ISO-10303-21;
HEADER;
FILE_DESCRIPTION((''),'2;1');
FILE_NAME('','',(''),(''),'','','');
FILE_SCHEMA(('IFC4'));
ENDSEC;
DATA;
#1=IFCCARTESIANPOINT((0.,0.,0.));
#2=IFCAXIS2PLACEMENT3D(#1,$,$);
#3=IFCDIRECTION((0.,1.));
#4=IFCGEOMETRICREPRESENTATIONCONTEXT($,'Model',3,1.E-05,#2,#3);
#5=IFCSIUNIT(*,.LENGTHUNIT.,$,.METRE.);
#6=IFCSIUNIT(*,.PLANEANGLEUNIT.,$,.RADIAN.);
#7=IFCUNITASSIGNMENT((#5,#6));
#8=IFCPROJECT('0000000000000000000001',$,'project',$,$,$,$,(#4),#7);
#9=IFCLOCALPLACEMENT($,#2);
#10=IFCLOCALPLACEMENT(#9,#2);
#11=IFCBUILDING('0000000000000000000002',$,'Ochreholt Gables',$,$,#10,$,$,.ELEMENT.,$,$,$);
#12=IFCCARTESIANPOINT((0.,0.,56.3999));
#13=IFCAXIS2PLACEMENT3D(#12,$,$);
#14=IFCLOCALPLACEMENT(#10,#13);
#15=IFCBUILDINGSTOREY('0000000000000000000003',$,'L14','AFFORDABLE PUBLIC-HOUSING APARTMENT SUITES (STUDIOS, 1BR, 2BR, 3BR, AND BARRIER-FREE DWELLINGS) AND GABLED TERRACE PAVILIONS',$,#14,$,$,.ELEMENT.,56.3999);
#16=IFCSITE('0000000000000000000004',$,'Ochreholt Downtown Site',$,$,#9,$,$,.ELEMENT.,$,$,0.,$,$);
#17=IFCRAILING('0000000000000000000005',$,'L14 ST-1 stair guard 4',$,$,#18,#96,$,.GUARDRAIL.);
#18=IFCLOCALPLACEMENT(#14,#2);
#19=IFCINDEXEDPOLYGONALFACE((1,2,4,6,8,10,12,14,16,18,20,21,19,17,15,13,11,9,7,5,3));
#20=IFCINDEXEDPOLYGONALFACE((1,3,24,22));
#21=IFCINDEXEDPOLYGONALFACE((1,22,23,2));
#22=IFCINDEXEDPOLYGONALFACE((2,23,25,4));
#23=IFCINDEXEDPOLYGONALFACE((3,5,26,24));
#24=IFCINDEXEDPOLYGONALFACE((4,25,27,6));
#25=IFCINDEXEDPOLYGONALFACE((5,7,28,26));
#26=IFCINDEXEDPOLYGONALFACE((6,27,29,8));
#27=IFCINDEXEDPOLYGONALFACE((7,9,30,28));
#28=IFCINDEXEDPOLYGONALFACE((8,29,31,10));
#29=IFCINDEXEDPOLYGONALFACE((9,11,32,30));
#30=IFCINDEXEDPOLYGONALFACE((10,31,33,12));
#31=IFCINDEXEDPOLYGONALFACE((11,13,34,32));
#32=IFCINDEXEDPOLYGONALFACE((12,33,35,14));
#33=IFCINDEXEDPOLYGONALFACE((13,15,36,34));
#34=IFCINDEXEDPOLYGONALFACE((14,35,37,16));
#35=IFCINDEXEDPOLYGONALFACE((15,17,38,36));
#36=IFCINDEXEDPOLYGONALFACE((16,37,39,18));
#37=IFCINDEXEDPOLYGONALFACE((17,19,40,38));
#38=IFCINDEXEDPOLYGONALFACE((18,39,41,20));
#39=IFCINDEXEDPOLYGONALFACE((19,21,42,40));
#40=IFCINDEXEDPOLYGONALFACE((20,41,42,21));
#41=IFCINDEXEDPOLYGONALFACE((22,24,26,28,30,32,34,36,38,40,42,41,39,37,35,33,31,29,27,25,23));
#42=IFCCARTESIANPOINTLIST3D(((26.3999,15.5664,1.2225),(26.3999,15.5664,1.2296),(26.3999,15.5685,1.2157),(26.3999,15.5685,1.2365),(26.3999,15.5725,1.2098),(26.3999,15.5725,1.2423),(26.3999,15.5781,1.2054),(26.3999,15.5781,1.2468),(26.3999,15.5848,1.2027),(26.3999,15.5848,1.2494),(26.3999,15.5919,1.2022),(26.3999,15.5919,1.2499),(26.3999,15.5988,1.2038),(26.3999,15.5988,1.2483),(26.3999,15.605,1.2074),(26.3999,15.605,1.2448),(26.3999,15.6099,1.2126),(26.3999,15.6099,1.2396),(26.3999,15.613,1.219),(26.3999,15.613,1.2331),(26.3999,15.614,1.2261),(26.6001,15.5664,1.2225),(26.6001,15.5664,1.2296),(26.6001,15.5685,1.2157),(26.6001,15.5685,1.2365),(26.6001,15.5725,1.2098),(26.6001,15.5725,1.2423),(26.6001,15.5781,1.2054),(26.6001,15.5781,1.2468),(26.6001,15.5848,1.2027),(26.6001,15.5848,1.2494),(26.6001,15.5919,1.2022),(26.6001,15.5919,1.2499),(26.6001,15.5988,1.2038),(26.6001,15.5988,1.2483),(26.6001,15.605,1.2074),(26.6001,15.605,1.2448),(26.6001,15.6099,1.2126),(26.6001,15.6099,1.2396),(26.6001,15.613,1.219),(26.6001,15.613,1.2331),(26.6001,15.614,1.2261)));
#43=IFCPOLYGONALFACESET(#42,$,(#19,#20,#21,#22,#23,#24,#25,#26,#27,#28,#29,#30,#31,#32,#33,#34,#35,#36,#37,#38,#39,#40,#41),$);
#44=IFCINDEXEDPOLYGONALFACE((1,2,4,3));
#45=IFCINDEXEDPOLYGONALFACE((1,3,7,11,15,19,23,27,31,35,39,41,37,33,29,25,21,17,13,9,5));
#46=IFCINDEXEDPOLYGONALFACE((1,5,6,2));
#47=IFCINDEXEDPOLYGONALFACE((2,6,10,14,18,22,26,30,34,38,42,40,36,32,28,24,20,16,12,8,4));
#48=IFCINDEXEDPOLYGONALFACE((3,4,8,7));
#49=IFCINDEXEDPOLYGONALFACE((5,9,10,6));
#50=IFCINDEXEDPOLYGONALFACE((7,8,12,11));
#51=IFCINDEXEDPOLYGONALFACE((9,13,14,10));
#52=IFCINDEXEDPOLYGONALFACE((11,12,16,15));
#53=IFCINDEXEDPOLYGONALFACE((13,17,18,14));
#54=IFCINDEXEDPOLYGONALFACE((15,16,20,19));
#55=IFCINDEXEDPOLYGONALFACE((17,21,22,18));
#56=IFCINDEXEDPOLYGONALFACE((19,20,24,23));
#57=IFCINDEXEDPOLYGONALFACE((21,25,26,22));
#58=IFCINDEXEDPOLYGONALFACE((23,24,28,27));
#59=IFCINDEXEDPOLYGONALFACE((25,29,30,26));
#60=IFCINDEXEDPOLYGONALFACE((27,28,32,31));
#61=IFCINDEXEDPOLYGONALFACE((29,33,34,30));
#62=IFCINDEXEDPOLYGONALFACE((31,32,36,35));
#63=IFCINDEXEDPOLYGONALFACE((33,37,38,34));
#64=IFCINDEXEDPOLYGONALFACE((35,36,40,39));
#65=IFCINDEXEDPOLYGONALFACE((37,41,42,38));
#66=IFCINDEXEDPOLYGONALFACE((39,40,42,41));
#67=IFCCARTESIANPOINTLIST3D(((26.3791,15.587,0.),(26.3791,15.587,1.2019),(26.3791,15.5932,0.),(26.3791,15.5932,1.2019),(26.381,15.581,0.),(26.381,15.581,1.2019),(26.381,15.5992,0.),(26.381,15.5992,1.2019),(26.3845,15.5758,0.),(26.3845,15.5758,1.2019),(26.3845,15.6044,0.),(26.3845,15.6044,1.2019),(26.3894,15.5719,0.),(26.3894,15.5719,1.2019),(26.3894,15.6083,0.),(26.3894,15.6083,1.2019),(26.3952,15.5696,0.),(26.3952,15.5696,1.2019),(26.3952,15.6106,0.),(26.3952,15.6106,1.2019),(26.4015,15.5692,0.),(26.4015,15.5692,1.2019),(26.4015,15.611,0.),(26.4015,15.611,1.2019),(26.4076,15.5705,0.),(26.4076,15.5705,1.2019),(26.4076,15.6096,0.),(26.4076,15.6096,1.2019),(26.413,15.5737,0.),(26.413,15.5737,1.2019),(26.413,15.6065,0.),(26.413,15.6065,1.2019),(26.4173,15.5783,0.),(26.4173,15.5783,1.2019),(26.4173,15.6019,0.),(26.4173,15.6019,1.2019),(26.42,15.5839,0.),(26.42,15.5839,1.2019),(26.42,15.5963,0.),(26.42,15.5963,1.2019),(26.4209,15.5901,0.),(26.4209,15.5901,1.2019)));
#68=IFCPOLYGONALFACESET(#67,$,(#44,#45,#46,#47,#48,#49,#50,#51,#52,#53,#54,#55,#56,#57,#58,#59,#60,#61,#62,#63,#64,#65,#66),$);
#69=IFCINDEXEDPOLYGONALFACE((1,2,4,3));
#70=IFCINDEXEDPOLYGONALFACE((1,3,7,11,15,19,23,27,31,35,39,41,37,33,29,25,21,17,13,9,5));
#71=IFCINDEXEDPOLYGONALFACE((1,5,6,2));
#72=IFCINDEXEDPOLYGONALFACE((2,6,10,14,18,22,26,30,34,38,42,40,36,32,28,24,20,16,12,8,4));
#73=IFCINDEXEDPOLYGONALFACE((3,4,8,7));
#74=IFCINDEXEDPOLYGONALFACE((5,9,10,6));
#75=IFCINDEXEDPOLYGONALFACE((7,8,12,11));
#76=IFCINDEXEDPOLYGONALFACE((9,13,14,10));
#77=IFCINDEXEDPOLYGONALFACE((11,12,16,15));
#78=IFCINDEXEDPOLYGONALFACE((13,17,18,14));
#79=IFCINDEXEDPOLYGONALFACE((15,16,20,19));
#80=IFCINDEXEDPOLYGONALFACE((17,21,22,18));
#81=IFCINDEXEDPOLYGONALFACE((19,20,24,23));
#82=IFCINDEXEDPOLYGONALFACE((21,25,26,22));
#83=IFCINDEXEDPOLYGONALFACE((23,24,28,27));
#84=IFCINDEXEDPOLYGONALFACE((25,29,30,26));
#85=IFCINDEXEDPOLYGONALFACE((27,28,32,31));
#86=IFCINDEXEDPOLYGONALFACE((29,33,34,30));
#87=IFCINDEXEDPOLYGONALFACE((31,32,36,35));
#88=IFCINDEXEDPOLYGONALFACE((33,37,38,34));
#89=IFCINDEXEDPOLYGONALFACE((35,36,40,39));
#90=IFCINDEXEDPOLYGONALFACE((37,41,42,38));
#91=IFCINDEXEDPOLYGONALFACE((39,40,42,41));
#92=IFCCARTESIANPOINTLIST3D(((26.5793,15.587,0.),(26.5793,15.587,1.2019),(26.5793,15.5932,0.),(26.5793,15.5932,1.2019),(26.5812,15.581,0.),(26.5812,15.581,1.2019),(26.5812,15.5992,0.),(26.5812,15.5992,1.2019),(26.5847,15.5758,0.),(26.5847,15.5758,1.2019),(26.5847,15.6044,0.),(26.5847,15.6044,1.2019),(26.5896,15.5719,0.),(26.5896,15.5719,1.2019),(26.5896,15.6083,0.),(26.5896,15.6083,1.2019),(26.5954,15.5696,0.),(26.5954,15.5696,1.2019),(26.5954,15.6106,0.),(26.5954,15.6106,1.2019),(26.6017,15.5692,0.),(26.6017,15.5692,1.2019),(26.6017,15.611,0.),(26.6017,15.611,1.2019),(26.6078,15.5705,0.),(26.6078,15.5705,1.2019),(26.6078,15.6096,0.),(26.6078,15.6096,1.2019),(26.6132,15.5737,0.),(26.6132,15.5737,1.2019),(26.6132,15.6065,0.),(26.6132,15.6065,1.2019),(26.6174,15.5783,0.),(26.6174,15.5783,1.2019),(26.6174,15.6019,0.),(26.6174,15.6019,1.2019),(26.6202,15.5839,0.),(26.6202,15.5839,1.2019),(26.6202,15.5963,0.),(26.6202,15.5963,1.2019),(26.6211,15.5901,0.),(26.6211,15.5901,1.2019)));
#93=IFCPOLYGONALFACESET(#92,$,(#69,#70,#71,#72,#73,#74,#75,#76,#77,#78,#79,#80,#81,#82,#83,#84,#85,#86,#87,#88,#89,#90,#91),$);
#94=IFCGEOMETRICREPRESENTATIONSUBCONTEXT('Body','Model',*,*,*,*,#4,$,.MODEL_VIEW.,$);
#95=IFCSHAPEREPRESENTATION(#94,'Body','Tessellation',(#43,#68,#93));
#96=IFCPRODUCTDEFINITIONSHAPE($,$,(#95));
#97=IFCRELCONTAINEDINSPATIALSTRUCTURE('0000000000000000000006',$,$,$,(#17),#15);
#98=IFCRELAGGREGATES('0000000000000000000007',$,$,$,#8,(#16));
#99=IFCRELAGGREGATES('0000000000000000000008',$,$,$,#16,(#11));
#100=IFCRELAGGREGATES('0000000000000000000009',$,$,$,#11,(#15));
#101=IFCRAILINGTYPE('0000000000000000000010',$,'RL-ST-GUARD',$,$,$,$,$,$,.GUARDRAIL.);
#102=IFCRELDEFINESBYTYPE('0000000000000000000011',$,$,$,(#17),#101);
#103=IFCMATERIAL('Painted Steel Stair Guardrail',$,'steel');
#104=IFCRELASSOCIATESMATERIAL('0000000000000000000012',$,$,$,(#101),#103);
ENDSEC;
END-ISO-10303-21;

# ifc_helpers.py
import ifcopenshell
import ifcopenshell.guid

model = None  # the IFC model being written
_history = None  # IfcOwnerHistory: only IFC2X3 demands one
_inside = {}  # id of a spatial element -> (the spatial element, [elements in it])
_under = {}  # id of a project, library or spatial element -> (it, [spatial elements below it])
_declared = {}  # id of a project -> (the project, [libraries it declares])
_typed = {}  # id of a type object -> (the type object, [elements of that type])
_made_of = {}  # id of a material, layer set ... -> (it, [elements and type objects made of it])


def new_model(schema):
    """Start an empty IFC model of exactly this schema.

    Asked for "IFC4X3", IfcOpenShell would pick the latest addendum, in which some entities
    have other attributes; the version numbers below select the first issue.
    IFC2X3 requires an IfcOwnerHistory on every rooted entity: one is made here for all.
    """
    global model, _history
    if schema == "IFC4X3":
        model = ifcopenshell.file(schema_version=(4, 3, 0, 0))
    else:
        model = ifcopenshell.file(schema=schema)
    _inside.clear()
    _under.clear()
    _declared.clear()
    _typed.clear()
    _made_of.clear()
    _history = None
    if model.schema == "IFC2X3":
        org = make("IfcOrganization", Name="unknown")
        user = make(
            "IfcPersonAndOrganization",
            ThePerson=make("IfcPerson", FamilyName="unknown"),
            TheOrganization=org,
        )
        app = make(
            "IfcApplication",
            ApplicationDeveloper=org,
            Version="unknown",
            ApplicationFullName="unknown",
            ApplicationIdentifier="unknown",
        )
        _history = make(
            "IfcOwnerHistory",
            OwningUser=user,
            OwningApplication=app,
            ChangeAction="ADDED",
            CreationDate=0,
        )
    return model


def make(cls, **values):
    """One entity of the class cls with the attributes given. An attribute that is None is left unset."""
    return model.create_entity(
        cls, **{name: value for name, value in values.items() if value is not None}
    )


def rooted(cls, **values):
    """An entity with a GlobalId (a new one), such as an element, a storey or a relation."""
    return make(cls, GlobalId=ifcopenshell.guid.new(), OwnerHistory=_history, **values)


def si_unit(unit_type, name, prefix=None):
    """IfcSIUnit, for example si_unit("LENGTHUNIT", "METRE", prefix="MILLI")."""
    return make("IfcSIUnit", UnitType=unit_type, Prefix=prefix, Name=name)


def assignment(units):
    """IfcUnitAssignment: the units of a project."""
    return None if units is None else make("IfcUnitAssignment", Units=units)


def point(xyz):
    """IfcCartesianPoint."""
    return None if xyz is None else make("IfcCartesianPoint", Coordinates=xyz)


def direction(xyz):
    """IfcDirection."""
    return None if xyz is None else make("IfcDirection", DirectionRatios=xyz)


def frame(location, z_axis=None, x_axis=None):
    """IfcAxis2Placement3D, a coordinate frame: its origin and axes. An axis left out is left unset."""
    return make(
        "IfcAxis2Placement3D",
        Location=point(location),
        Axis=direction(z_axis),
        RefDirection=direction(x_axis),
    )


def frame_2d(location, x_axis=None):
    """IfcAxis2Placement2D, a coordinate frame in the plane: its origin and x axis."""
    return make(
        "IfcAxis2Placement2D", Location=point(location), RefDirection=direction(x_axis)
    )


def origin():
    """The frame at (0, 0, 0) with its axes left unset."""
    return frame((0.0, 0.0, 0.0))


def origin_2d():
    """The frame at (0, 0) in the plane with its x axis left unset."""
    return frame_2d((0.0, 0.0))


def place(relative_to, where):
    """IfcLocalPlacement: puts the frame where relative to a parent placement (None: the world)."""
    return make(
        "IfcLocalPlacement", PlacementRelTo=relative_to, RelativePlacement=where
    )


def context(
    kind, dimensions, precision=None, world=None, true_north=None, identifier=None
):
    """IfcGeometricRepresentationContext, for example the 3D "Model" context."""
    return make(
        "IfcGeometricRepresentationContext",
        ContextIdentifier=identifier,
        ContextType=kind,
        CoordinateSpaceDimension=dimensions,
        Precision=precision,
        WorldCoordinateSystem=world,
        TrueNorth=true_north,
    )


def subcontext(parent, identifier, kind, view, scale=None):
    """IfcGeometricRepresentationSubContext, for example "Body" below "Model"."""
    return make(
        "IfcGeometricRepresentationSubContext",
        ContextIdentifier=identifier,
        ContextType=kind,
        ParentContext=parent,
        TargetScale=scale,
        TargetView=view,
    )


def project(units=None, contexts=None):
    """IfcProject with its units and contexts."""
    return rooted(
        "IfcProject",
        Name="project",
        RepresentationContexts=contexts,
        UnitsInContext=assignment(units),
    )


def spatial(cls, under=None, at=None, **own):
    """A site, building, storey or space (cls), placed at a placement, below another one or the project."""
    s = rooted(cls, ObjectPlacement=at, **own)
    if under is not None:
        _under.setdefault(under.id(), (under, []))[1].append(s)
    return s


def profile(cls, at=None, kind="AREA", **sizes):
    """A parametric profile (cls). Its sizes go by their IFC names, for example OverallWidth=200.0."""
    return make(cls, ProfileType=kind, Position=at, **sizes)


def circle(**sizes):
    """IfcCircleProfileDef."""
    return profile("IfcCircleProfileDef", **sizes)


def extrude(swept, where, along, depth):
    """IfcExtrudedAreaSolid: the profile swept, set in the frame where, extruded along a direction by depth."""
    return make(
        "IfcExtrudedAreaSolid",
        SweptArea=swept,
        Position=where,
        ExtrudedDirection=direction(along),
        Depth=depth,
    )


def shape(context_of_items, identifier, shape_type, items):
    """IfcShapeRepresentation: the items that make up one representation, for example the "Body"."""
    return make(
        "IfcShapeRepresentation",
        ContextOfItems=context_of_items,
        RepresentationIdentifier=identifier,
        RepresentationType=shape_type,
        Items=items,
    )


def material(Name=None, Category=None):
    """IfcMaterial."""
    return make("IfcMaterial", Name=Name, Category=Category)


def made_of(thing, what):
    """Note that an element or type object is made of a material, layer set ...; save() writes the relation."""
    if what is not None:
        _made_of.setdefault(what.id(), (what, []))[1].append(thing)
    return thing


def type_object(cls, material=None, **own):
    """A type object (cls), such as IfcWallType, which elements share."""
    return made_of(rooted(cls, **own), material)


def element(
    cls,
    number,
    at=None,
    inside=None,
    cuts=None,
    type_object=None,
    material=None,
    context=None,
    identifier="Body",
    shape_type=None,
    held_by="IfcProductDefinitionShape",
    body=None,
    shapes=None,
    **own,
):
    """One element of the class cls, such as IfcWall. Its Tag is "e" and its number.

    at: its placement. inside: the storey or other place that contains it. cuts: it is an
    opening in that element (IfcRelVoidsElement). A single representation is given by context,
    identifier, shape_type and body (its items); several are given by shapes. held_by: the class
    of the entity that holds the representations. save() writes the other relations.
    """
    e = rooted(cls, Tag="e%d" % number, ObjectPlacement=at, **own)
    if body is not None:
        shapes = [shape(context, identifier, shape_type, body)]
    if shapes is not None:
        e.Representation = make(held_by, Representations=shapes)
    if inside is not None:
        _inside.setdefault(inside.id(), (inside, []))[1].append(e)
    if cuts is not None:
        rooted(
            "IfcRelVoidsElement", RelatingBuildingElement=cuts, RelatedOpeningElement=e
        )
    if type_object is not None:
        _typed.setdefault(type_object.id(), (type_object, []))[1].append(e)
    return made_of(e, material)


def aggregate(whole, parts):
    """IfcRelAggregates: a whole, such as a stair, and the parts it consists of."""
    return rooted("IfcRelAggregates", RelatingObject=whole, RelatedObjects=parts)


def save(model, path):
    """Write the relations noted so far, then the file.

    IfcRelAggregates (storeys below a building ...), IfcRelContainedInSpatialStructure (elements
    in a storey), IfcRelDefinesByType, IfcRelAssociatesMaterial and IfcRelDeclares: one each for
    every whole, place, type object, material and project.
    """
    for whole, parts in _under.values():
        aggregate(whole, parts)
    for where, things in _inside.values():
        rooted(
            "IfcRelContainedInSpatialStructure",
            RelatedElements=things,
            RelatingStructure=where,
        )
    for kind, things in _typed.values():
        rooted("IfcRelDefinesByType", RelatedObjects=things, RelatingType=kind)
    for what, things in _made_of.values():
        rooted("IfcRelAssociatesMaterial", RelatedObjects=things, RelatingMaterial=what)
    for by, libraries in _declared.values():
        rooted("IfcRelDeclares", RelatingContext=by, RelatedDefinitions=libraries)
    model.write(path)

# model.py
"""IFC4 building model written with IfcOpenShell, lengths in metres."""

from ifc_helpers import new_model, si_unit, direction, frame, origin, origin_2d, place, context, subcontext, project, spatial, circle, extrude, material, type_object, element, save


model = new_model("IFC4")

# Units and contexts
model_context = context("Model", 3, precision=1e-05, world=origin(), true_north=direction((0.0, 1.0)))
body_context = subcontext(model_context, "Body", "Model", "MODEL_VIEW")
ifc_project = project(units=[si_unit("LENGTHUNIT", "METRE"), si_unit("PLANEANGLEUNIT", "RADIAN")], contexts=[model_context])

# Site, building, storey
site_placement = place(None, origin())
site = spatial("IfcSite", under=ifc_project, at=site_placement, Name="Ochreholt Downtown Site", CompositionType="ELEMENT", RefElevation=0.0)
building_placement = place(site_placement, origin())
building = spatial("IfcBuilding", under=site, at=building_placement, Name="Ochreholt Gables", CompositionType="ELEMENT")
storey_placement = place(building_placement, frame((0.0, 0.0, 56.3999)))
storey = spatial("IfcBuildingStorey", under=building, at=storey_placement, Name="L14", Description="AFFORDABLE PUBLIC-HOUSING APARTMENT SUITES (STUDIOS, 1BR, 2BR, 3BR, AND BARRIER-FREE DWELLINGS) AND GABLED TERRACE PAVILIONS", CompositionType="ELEMENT", Elevation=56.3999)

# Railing
ifc_material_1 = material(Name="Painted Steel Stair Guardrail", Category="steel")
railing_type_1 = type_object("IfcRailingType", Name="RL-ST-GUARD", PredefinedType="GUARDRAIL", material=ifc_material_1)
railing_1_placement = place(storey_placement, frame((26.3999, 15.5901, 0.0)))
element("IfcRailing", 1, at=railing_1_placement, inside=storey, type_object=railing_type_1, Name="L14 ST-1 stair guard 4", PredefinedType="GUARDRAIL", context=body_context, shape_type="SweptSolid", body=[
    extrude(circle(Radius=0.0239, at=origin_2d()), frame((0.0, 0.0, 1.2261), z_axis=(1.0, 0.0, 0.0), x_axis=(0.0, 1.0, 0.0)), (0.0, 0.0, 1.0), 0.2002),
    extrude(circle(Radius=0.021, at=origin_2d()), origin(), (0.0, 0.0, 1.0), 1.2019),
    extrude(circle(Radius=0.021, at=origin_2d()), frame((0.2002, 0.0, 0.0)), (0.0, 0.0, 1.0), 1.2019),
])

save(model, "model.ifc")
